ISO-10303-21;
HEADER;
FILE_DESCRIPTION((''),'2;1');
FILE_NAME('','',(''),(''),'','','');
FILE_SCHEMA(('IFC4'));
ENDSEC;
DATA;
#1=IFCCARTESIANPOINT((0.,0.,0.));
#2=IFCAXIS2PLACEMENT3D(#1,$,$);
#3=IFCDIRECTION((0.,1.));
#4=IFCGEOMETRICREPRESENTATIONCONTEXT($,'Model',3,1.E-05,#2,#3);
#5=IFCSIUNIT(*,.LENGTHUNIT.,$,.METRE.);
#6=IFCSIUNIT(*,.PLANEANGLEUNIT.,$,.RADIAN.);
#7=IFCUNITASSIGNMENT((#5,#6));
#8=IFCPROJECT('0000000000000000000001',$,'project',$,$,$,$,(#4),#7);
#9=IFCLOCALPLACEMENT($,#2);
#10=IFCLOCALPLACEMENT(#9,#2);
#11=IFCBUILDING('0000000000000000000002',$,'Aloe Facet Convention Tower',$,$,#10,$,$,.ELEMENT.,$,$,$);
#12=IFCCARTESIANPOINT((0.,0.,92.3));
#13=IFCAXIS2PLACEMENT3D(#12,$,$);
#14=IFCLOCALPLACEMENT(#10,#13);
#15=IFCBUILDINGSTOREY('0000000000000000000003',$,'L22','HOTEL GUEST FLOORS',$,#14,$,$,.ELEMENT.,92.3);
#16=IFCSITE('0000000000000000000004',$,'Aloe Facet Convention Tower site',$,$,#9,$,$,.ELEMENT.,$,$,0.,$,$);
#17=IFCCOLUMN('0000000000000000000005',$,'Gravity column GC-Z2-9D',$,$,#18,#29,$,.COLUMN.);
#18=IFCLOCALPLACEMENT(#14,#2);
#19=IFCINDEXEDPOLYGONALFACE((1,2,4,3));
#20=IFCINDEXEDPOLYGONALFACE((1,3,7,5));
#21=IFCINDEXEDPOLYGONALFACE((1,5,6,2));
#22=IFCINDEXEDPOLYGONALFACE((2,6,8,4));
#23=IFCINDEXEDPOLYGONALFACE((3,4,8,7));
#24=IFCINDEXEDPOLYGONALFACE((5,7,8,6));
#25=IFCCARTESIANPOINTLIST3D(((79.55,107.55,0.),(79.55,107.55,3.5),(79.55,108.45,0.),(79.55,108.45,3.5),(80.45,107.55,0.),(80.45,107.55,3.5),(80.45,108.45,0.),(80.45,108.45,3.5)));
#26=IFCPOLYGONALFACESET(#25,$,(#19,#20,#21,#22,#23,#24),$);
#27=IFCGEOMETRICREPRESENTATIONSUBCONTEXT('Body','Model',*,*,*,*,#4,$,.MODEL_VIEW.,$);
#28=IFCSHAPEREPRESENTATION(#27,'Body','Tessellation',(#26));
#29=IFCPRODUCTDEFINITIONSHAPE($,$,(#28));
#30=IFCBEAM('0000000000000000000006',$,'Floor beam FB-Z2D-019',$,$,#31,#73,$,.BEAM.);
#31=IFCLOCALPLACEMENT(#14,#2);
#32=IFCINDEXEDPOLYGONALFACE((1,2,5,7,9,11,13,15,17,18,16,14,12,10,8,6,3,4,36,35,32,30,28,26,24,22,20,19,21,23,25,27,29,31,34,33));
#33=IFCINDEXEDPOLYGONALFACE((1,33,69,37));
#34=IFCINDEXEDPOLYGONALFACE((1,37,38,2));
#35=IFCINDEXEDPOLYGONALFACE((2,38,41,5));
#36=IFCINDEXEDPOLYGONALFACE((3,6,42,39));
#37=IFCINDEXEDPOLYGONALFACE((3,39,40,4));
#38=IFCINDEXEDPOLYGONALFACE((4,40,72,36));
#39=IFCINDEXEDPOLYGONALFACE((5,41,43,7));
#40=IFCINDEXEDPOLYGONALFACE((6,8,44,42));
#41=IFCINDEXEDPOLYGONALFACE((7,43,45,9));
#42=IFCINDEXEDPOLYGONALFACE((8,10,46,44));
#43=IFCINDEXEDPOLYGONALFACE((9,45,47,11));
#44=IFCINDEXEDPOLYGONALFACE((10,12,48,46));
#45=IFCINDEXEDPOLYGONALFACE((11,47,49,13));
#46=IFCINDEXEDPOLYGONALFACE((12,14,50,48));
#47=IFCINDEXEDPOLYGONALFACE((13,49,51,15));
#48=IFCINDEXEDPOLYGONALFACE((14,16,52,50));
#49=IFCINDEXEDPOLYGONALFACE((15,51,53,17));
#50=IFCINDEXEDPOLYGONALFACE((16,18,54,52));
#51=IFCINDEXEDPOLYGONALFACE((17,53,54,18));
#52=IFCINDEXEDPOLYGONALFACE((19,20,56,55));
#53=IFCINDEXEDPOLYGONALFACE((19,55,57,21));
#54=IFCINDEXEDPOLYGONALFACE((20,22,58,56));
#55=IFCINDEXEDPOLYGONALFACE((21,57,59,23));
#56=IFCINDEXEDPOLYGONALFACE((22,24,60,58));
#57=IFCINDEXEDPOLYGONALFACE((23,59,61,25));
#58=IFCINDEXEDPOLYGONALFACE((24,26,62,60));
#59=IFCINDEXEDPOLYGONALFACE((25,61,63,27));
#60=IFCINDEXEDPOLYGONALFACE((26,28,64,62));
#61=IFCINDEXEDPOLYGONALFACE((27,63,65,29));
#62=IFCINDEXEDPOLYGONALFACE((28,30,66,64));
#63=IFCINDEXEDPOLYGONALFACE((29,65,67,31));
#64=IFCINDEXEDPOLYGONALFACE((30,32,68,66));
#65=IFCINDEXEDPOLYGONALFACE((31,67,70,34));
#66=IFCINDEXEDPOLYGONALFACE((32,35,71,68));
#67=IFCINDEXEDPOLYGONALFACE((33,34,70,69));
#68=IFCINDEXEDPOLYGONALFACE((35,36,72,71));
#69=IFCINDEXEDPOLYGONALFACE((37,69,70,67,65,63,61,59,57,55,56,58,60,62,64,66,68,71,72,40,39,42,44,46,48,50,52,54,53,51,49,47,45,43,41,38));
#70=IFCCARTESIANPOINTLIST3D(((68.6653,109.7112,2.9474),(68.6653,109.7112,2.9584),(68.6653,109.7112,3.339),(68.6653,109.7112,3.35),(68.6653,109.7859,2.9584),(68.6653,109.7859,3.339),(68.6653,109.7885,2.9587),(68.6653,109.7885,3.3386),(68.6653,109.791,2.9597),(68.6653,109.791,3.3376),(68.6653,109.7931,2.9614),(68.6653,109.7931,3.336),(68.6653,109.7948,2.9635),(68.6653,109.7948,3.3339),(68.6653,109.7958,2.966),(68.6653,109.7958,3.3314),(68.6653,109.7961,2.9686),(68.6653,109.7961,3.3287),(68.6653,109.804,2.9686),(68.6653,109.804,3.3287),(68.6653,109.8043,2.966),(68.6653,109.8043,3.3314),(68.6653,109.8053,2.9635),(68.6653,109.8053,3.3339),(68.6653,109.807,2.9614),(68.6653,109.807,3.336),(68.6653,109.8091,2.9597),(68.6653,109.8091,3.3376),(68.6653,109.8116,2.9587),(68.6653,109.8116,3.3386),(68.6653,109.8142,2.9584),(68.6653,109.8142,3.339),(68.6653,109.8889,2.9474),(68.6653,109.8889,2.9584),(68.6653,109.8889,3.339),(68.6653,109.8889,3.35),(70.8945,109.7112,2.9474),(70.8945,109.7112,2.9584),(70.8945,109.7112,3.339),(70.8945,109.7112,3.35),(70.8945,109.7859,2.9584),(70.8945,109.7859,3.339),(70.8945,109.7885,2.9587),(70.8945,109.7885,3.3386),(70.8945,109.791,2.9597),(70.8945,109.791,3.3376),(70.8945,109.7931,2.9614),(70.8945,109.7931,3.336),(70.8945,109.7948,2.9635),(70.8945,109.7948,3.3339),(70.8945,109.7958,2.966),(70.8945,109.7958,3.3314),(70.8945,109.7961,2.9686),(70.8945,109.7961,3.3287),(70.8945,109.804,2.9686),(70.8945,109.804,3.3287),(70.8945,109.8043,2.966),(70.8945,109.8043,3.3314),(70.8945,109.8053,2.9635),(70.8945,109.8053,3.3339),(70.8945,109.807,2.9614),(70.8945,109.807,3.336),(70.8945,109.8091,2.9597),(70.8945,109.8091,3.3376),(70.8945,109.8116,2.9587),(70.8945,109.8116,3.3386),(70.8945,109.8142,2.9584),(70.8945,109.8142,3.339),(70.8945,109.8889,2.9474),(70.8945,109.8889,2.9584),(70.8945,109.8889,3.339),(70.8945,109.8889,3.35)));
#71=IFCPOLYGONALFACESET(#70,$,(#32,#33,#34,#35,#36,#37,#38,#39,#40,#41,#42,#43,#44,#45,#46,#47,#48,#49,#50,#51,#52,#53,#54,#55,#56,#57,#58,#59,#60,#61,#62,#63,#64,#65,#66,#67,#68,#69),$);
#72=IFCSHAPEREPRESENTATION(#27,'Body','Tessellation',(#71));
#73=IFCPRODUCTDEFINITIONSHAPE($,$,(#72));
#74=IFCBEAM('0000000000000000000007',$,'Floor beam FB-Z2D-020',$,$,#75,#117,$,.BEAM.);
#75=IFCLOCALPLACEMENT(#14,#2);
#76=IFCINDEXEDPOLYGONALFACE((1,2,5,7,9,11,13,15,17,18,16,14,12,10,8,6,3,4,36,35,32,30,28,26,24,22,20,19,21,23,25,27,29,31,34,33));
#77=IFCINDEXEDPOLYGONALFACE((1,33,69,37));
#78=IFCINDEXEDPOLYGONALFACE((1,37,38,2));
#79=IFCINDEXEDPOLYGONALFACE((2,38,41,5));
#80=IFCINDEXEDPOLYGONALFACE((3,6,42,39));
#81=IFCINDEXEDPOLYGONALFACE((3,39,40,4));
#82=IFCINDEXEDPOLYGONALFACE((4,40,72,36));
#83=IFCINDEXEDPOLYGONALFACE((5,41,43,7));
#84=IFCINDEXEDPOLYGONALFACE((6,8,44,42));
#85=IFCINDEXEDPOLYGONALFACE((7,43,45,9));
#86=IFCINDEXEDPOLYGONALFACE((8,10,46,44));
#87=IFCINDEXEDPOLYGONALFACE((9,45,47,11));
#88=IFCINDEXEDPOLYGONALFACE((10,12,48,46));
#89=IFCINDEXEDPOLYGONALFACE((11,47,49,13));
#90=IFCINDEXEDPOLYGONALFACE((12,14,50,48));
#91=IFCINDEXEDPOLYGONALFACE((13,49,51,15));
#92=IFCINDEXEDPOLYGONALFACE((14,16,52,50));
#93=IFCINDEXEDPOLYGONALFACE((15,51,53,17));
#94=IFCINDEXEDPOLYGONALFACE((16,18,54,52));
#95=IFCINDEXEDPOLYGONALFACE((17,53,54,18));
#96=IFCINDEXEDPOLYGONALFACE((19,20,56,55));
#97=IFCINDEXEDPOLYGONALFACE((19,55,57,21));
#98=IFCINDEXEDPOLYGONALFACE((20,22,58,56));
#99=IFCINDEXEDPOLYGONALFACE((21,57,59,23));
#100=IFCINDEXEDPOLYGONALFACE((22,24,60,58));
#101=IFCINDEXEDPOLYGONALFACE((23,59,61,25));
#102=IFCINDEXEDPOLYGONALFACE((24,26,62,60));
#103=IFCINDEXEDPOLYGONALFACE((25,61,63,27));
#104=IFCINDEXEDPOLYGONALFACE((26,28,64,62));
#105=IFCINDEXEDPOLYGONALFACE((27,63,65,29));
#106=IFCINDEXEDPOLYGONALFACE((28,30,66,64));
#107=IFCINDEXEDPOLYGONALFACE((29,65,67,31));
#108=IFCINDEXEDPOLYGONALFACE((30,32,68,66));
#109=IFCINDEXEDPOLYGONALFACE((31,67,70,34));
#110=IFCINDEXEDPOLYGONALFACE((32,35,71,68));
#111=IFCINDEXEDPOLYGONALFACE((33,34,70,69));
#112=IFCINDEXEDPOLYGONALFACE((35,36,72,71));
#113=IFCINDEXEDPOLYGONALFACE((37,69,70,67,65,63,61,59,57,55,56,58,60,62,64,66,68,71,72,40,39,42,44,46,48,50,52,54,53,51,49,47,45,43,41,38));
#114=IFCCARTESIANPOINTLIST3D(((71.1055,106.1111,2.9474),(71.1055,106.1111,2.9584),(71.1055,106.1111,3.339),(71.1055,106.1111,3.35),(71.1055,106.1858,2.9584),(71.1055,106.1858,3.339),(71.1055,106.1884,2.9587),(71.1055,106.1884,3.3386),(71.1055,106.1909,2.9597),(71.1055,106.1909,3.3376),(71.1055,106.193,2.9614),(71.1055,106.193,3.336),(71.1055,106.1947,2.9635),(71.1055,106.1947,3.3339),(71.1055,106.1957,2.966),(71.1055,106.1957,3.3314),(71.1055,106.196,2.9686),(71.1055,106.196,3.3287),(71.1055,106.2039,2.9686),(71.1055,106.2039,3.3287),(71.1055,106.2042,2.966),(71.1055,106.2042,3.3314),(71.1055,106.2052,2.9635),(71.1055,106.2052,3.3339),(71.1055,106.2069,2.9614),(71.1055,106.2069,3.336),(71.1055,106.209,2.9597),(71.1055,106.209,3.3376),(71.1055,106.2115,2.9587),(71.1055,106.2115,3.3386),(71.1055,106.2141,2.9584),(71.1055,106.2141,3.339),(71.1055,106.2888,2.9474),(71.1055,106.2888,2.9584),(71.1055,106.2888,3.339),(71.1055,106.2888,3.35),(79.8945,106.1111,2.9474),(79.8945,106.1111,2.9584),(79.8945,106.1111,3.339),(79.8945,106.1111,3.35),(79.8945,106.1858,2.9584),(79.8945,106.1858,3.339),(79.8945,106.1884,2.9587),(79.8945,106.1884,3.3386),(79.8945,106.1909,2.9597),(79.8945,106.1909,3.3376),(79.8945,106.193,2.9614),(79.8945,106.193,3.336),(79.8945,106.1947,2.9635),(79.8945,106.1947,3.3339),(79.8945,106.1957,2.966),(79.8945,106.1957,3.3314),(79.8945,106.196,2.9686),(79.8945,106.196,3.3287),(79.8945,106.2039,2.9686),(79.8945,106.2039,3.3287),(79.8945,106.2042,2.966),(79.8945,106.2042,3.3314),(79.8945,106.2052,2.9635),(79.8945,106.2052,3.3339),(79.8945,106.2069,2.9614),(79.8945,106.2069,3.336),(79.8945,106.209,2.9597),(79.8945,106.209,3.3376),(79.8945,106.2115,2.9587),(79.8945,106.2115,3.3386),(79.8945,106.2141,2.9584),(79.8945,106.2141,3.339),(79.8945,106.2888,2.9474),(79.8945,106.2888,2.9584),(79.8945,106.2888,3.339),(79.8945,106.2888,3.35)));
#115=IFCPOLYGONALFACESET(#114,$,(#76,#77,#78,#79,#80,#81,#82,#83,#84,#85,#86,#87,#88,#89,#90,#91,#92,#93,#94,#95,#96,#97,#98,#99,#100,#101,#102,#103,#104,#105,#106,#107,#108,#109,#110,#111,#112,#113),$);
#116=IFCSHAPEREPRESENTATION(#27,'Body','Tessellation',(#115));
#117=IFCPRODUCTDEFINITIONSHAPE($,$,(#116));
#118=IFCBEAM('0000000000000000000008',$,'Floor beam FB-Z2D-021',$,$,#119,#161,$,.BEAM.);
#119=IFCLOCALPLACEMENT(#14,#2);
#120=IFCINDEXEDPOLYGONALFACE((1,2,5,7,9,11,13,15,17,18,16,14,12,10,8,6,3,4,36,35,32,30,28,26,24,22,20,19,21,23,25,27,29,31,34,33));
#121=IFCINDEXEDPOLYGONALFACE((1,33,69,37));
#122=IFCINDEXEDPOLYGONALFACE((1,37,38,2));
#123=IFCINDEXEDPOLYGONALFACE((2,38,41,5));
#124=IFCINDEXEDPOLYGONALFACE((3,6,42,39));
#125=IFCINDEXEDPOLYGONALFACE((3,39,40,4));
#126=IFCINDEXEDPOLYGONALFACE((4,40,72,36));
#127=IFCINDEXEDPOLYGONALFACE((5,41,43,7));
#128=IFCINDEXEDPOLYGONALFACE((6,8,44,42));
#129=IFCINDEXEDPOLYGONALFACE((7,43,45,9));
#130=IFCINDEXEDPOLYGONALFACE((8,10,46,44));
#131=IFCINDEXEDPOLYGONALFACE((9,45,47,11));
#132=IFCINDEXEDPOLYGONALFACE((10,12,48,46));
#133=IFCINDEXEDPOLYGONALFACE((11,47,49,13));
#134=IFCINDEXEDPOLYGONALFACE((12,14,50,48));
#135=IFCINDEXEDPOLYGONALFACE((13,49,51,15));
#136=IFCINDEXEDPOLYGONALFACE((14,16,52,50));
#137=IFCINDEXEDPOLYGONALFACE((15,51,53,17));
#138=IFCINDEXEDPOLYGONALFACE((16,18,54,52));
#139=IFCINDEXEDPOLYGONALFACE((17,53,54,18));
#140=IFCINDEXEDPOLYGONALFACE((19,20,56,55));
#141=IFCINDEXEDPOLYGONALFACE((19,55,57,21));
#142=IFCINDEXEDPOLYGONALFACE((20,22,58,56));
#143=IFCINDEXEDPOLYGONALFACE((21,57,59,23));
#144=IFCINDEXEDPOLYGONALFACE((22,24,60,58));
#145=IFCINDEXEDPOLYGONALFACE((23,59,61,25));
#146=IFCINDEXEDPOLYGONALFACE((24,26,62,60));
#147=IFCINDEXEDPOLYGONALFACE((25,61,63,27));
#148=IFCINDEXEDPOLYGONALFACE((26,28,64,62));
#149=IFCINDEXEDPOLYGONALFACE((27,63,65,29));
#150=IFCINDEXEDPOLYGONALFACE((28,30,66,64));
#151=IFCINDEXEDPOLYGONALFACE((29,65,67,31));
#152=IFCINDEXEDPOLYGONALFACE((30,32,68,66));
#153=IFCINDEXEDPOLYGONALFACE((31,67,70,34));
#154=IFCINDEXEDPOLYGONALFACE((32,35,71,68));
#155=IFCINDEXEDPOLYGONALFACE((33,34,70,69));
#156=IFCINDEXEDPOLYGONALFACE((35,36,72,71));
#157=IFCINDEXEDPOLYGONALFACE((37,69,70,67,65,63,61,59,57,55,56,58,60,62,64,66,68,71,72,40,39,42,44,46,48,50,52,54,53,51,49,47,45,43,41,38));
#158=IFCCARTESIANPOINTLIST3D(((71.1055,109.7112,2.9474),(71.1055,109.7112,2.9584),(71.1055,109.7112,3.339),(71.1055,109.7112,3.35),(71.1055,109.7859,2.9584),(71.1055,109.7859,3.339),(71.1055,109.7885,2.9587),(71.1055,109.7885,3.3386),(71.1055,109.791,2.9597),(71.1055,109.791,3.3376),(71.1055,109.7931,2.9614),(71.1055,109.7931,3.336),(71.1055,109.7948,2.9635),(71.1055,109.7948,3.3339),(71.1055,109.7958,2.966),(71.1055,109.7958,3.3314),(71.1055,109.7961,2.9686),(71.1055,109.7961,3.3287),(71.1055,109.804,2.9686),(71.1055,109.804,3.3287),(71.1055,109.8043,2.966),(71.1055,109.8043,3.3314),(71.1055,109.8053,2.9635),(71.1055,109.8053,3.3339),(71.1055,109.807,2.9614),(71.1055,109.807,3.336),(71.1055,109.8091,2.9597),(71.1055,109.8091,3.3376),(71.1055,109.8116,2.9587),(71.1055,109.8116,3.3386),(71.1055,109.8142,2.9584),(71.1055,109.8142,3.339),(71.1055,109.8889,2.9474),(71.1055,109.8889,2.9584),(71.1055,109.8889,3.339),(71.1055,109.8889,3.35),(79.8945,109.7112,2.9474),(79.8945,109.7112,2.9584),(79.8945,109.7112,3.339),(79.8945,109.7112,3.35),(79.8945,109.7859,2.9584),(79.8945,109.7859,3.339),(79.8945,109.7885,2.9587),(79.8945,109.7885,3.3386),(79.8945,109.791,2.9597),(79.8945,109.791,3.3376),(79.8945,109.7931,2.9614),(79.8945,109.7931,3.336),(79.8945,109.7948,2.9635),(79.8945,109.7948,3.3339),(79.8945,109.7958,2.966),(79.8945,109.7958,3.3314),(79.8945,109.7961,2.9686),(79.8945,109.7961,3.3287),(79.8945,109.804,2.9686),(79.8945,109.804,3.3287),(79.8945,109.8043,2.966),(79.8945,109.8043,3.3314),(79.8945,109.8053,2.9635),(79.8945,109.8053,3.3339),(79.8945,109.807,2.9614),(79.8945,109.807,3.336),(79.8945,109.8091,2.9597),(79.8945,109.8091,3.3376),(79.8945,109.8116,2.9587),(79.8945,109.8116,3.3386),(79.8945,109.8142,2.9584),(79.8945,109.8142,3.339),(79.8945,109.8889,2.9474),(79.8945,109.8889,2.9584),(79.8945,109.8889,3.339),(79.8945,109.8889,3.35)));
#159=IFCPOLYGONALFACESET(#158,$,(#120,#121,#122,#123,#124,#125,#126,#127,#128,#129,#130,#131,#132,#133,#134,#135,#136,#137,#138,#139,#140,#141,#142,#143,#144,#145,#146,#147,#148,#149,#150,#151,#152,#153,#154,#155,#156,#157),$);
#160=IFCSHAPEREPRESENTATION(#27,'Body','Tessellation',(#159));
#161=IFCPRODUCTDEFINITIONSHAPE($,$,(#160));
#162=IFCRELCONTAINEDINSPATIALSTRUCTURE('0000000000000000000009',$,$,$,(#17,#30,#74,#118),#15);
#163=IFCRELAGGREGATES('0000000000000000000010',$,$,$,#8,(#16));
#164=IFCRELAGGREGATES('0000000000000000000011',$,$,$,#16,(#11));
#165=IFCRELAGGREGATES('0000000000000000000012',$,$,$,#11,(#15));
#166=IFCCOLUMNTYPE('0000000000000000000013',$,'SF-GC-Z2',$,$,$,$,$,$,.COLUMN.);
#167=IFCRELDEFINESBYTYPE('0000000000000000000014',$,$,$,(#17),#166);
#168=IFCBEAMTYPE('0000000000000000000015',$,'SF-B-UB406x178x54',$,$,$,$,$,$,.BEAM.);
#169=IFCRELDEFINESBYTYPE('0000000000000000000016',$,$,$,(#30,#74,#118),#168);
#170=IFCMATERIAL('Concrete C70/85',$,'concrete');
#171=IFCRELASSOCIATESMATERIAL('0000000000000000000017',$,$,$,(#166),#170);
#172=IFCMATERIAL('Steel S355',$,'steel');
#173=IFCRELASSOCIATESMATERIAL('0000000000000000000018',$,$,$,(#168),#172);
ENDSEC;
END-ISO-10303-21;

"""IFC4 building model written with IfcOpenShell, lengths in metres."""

from ifc_helpers import new_model, si_unit, direction, frame, origin, origin_2d, place, context, subcontext, project, spatial, rectangle, i_section, extrude, material, material_profile, profile_set, type_object, element, save


model = new_model("IFC4")

# Units and contexts
model_context = context("Model", 3, precision=1e-05, world=origin(), true_north=direction((0.0, 1.0)))
body_context = subcontext(model_context, "Body", "Model", "MODEL_VIEW")
ifc_project = project(units=[si_unit("LENGTHUNIT", "METRE"), si_unit("PLANEANGLEUNIT", "RADIAN")], contexts=[model_context])

# Site, building, storey
site_placement = place(None, origin())
site = spatial("IfcSite", under=ifc_project, at=site_placement, Name="Aloe Facet Convention Tower site", CompositionType="ELEMENT", RefElevation=0.0)
building_placement = place(site_placement, origin())
building = spatial("IfcBuilding", under=site, at=building_placement, Name="Aloe Facet Convention Tower", CompositionType="ELEMENT")
storey_placement = place(building_placement, frame((0.0, 0.0, 92.3)))
storey = spatial("IfcBuildingStorey", under=building, at=storey_placement, Name="L22", Description="HOTEL GUEST FLOORS", CompositionType="ELEMENT", Elevation=92.3)

# Column
ifc_material_1 = material(Name="Concrete C70/85", Category="concrete")
ifc_material_profile_1 = material_profile(ifc_material_1, rectangle(XDim=0.8999, YDim=0.8999, at=origin_2d()), Name="SF-GC-Z2")
ifc_profile_set_1 = profile_set([ifc_material_profile_1], Name="Concrete C70/85")
column_type = type_object("IfcColumnType", Name="SF-GC-Z2", PredefinedType="COLUMN", material=ifc_profile_set_1)
column_placement = place(storey_placement, frame((80.0, 108.0, 0.0), z_axis=(0.0, 0.0, 1.0), x_axis=(1.0, 0.0, 0.0)))
element("IfcColumn", 1, at=column_placement, inside=storey, type_object=column_type, Name="Gravity column GC-Z2-9D", PredefinedType="COLUMN", context=body_context, shape_type="SweptSolid", body=[
    extrude(rectangle(XDim=0.8999, YDim=0.8999, at=origin_2d()), origin(), (0.0, 0.0, 1.0), 3.5),
])

# Beams
ifc_material_2 = material(Name="Steel S355", Category="steel")
ifc_material_profile_2 = material_profile(ifc_material_2, i_section(OverallWidth=0.1777, OverallDepth=0.4026, WebThickness=0.0078, FlangeThickness=0.011, FilletRadius=0.0103, at=origin_2d()), Name="UB 406x178x54")
ifc_profile_set_2 = profile_set([ifc_material_profile_2], Name="Steel S355")
beam_type_1 = type_object("IfcBeamType", Name="SF-B-UB406x178x54", PredefinedType="BEAM", material=ifc_profile_set_2)
beam_1_placement = place(storey_placement, frame((68.6653, 109.8, 3.1487), z_axis=(1.0, 0.0, 0.0), x_axis=(0.0, 1.0, 0.0)))
element("IfcBeam", 2, at=beam_1_placement, inside=storey, type_object=beam_type_1, Name="Floor beam FB-Z2D-019", PredefinedType="BEAM", context=body_context, shape_type="SweptSolid", body=[
    extrude(i_section(OverallWidth=0.1777, OverallDepth=0.4026, WebThickness=0.0078, FlangeThickness=0.011, FilletRadius=0.0103, at=origin_2d()), origin(), (0.0, 0.0, 1.0), 2.2292),
])
for number, where, z_axis, x_axis, name in (
    (3, (71.1055, 106.2, 3.1487), (1.0, 0.0, 0.0), (0.0, 1.0, 0.0), "Floor beam FB-Z2D-020"),
    (4, (71.1055, 109.8, 3.1487), (1.0, 0.0, 0.0), (0.0, 1.0, 0.0), "Floor beam FB-Z2D-021"),
):
    element("IfcBeam", number, at=place(storey_placement, frame(where, z_axis=z_axis, x_axis=x_axis)), inside=storey, type_object=beam_type_1, Name=name, PredefinedType="BEAM", context=body_context, shape_type="SweptSolid", body=[
        extrude(i_section(OverallWidth=0.1777, OverallDepth=0.4026, WebThickness=0.0078, FlangeThickness=0.011, FilletRadius=0.0103, at=origin_2d()), origin(), (0.0, 0.0, 1.0), 8.7891),
    ])

save(model, "model.ifc")
